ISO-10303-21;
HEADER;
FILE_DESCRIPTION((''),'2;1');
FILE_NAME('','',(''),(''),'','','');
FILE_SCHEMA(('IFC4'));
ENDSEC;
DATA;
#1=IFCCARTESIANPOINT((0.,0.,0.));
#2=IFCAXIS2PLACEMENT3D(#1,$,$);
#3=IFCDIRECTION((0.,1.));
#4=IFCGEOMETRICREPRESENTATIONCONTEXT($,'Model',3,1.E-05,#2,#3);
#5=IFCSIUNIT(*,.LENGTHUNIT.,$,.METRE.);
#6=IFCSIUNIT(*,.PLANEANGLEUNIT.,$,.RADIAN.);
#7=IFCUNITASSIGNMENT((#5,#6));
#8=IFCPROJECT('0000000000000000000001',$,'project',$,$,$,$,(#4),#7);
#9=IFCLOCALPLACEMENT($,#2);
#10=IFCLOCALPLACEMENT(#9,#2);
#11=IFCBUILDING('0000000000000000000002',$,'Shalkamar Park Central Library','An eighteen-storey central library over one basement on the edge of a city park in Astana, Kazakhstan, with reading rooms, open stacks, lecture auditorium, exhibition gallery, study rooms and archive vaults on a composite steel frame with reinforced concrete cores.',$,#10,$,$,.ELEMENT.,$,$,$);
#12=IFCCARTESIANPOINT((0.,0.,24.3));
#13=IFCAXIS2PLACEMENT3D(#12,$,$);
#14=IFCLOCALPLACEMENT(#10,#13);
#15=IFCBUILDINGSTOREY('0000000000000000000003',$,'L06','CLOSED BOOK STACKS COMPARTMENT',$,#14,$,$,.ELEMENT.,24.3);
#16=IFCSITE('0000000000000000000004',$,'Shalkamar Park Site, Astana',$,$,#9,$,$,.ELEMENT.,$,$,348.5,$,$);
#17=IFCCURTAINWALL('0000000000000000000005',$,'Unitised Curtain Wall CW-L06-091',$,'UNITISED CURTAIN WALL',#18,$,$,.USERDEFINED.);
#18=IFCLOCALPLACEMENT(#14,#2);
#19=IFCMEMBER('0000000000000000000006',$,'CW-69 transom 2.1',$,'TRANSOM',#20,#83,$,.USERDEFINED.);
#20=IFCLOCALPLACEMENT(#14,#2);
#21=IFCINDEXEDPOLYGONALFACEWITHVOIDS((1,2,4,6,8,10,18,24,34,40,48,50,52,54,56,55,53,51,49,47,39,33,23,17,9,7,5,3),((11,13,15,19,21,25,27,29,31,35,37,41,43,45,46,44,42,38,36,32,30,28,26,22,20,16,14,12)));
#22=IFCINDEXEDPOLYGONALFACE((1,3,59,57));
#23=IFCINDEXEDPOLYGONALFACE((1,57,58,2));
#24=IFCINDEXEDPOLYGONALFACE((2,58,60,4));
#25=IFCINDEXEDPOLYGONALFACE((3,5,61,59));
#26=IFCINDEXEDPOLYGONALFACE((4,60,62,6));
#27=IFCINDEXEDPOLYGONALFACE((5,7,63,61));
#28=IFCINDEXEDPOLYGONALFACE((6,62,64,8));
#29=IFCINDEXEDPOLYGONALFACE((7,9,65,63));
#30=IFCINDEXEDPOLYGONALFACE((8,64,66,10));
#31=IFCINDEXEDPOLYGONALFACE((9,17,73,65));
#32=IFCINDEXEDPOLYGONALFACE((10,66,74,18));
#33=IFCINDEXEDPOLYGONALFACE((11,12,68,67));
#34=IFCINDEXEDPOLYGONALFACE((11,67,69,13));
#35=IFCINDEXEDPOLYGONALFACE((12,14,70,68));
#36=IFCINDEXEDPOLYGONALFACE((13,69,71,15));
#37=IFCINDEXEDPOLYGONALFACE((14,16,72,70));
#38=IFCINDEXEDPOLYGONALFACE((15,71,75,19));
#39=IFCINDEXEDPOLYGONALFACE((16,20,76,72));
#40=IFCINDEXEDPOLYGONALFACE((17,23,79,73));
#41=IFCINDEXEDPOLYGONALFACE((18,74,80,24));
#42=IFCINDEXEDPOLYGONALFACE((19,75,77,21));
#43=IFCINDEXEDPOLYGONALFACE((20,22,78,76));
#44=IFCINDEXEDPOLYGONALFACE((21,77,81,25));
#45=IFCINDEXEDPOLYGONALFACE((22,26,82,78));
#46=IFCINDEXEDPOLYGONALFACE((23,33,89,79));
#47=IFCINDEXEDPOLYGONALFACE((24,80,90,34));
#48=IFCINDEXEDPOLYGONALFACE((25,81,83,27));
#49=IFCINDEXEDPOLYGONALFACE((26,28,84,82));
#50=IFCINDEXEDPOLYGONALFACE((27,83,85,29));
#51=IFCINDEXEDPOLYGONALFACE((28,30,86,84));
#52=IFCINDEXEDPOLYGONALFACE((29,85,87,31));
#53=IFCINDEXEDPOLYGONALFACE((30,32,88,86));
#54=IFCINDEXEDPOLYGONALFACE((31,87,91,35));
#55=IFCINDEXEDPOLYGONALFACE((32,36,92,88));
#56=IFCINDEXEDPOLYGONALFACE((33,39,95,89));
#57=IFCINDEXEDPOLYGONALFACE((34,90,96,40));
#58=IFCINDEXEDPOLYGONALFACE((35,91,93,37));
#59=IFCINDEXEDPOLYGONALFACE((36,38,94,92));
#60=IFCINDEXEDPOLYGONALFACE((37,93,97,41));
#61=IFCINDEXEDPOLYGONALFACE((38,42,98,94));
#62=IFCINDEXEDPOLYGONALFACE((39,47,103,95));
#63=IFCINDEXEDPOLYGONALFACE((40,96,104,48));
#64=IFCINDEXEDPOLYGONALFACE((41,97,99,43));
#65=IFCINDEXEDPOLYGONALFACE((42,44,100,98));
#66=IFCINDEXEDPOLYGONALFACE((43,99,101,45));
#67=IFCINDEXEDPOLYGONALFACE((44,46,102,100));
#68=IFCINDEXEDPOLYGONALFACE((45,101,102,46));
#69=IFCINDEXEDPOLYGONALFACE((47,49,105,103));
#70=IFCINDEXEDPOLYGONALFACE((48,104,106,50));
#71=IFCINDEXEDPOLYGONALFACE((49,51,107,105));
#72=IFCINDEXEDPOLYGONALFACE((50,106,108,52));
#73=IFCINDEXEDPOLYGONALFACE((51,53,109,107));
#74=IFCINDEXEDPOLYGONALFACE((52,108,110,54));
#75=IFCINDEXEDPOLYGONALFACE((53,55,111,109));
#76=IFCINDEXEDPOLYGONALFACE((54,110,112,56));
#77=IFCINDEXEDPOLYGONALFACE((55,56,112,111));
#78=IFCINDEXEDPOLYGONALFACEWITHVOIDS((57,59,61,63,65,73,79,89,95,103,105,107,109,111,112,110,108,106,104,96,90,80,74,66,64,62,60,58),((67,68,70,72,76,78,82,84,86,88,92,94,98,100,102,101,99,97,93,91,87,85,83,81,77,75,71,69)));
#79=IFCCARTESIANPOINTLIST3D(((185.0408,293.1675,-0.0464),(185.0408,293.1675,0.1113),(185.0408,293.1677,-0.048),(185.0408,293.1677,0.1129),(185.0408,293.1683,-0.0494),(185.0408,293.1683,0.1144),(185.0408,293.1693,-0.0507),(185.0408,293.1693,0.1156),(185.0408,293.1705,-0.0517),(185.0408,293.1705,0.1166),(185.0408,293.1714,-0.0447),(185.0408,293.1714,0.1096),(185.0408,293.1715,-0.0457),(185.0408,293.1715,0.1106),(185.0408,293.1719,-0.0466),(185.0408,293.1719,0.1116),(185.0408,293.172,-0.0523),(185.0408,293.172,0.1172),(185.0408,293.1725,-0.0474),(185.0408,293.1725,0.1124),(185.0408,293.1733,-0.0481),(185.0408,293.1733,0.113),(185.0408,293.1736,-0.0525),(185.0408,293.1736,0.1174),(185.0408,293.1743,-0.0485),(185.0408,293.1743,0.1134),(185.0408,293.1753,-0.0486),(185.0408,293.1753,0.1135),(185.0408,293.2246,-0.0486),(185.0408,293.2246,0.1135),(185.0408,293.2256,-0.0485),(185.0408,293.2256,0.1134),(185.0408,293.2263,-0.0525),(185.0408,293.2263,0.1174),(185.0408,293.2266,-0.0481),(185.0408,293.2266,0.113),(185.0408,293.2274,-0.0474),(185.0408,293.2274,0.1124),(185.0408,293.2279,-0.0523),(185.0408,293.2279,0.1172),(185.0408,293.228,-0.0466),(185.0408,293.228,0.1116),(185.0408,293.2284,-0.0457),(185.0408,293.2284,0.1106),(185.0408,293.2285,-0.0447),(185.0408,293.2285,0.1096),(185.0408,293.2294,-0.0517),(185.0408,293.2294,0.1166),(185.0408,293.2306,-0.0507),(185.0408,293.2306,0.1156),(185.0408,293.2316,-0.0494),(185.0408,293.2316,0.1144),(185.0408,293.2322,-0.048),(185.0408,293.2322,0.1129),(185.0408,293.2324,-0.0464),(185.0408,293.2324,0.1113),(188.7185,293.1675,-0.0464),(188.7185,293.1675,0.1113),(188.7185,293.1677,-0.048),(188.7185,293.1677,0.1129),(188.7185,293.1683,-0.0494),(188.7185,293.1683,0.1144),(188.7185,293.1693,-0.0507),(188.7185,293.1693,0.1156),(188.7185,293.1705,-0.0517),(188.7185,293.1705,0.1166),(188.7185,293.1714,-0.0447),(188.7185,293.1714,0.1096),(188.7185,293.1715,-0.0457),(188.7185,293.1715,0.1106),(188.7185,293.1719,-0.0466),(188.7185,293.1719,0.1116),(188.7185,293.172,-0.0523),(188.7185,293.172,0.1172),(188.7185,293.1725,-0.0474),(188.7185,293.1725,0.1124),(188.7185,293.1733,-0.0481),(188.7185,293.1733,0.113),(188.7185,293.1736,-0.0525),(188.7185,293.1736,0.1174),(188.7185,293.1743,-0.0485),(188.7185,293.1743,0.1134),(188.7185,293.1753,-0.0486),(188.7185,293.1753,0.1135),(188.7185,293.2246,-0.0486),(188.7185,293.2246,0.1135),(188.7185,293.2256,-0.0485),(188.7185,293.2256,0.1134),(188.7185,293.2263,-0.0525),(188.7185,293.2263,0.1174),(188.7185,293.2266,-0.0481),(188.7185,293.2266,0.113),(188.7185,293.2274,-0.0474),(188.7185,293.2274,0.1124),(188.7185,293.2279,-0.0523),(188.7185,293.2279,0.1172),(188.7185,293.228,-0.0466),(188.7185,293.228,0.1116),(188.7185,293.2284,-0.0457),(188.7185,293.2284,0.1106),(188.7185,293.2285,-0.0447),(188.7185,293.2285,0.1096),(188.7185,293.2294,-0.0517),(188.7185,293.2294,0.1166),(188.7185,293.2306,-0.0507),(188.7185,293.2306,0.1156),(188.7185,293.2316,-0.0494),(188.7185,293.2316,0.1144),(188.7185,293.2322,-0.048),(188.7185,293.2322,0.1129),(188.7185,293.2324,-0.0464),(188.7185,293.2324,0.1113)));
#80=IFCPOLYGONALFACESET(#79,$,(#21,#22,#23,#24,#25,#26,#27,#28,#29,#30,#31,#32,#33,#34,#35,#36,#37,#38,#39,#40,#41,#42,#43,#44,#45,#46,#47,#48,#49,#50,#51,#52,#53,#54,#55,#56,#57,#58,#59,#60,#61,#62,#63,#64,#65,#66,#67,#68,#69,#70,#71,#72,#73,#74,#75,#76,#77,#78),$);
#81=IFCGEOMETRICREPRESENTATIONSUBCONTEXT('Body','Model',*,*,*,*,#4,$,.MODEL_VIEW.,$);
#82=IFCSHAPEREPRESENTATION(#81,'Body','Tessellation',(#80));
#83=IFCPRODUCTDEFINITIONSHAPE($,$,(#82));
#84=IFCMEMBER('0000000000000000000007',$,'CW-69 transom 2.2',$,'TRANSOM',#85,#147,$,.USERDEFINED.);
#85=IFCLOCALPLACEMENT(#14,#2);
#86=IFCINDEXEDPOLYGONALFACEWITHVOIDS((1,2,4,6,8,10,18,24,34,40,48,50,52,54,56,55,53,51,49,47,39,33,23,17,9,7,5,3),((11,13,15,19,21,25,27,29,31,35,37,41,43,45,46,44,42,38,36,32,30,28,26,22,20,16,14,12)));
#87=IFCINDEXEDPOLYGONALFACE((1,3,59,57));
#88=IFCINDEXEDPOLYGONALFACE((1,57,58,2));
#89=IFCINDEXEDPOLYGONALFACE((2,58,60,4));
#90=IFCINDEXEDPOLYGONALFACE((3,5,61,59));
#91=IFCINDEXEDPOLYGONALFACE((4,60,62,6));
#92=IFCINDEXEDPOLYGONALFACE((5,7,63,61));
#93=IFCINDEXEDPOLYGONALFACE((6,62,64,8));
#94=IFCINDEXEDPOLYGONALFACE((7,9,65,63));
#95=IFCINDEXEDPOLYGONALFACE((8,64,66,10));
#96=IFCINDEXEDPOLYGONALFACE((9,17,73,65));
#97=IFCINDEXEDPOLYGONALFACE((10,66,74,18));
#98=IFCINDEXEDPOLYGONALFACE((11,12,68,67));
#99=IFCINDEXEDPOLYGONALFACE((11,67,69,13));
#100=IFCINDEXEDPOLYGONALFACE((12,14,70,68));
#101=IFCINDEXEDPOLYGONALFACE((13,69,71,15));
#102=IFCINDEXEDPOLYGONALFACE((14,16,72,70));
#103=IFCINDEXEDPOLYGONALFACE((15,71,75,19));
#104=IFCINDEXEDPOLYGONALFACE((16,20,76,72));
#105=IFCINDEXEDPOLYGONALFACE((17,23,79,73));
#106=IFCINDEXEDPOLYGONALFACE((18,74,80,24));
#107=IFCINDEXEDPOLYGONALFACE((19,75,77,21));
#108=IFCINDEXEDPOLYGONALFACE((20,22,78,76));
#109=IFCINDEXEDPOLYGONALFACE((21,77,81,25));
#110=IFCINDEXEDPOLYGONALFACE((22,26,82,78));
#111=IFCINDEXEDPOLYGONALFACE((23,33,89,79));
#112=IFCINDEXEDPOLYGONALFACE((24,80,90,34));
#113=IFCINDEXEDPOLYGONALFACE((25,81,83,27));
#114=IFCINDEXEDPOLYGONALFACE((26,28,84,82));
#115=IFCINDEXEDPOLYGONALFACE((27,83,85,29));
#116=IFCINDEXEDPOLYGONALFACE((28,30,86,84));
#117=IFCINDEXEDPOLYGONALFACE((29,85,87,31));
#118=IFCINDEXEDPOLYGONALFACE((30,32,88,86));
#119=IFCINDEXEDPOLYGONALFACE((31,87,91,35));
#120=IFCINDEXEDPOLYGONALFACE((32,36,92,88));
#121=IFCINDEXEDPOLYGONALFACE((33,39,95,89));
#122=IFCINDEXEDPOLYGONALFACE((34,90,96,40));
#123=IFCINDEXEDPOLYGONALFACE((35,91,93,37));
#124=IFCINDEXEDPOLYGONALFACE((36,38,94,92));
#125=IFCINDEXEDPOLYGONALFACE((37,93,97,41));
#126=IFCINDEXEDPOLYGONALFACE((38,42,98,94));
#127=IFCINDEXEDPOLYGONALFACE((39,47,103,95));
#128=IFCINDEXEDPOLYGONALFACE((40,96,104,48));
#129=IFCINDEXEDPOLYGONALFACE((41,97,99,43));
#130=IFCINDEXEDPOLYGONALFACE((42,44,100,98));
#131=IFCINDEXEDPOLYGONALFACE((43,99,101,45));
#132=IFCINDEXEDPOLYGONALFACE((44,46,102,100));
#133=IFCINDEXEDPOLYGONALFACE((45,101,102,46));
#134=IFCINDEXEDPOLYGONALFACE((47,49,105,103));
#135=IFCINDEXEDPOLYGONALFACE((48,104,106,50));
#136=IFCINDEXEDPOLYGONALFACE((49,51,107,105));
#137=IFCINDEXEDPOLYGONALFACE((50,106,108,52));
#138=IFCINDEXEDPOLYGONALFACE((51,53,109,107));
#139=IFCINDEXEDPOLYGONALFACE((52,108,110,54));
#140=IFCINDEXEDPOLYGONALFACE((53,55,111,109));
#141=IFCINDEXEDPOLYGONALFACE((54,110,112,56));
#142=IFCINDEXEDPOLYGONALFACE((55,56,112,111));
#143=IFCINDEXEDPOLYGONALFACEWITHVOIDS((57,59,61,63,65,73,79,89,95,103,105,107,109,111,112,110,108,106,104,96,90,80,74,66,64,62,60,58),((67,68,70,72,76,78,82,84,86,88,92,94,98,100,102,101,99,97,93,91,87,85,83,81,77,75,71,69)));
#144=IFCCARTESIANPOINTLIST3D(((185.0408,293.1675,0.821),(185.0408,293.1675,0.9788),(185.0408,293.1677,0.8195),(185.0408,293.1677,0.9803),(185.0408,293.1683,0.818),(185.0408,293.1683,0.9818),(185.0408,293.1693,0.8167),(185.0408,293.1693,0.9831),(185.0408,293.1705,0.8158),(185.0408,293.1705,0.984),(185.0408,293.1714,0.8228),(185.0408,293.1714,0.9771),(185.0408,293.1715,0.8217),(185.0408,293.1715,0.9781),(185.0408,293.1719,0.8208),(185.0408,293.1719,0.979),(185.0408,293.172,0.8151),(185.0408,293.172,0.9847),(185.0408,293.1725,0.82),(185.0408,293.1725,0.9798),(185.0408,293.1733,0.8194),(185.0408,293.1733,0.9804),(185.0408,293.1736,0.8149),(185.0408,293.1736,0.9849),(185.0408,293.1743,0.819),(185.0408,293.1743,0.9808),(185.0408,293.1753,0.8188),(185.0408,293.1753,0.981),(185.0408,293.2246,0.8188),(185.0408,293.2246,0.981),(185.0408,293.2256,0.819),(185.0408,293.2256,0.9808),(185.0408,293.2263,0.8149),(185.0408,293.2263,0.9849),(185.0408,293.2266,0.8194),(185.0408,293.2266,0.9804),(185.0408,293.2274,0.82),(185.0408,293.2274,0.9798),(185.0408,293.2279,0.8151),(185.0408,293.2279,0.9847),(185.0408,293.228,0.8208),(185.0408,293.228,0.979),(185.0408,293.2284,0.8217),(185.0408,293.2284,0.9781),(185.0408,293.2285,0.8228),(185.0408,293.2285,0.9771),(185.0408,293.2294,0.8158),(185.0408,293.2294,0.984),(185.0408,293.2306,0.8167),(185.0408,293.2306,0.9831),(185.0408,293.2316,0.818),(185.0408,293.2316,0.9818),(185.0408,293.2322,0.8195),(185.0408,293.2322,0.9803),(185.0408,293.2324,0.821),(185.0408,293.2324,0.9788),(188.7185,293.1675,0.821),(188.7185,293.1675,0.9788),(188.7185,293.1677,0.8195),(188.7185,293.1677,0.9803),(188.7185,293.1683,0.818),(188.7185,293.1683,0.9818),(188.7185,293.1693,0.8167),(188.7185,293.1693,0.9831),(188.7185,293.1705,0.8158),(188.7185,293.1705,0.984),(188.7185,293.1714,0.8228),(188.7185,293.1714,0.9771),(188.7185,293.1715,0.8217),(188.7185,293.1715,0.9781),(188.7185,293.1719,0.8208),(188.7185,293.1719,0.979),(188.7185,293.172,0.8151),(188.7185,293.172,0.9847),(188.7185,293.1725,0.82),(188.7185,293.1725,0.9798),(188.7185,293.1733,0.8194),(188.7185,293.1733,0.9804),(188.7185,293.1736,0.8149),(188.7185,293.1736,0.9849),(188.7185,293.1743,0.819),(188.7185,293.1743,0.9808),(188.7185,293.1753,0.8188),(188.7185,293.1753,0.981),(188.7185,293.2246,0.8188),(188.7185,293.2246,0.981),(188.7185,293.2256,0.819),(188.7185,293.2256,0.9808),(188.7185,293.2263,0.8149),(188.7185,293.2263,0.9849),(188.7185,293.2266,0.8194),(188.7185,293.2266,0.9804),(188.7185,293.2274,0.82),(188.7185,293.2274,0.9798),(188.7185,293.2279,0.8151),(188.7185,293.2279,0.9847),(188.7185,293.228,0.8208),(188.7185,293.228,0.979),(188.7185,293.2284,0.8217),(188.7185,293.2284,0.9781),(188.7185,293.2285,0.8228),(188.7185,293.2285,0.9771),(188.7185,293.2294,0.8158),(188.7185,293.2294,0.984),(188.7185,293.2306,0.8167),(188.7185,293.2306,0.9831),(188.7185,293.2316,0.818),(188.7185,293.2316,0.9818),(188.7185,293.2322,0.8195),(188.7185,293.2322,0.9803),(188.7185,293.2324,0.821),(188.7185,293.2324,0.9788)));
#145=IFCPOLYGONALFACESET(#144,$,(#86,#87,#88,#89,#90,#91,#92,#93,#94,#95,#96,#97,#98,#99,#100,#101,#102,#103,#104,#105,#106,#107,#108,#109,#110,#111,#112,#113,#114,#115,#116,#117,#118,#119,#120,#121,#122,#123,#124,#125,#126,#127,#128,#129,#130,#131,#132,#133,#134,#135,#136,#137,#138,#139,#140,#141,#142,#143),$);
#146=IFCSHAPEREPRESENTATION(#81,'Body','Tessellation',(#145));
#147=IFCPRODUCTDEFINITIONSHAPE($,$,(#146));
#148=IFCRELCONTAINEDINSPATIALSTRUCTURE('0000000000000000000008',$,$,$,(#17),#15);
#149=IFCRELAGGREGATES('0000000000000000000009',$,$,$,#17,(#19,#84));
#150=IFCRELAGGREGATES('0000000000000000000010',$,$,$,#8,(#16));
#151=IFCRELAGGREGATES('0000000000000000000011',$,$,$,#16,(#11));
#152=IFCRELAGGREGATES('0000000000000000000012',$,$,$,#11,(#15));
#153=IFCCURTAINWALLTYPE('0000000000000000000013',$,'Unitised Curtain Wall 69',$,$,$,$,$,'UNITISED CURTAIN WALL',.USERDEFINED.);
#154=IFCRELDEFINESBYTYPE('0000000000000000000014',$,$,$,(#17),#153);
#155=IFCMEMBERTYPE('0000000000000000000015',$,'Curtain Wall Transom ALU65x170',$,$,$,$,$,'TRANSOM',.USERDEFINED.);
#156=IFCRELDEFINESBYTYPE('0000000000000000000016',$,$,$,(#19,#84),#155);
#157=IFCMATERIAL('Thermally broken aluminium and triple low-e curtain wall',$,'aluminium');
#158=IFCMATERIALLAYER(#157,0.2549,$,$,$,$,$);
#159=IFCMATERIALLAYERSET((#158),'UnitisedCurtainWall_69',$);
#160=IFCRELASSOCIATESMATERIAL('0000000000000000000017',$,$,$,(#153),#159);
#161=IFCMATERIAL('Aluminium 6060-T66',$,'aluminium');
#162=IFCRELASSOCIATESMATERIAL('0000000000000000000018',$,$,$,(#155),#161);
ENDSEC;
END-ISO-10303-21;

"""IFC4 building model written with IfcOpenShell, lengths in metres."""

from ifc_helpers import new_model, si_unit, direction, frame, origin, origin_2d, place, context, subcontext, project, spatial, hollow_rectangle, extrude, material, layer, layer_set, material_profile, profile_set, type_object, element, aggregate, save


model = new_model("IFC4")

# Units and contexts
model_context = context("Model", 3, precision=1e-05, world=origin(), true_north=direction((0.0, 1.0)))
body_context = subcontext(model_context, "Body", "Model", "MODEL_VIEW")
ifc_project = project(units=[si_unit("LENGTHUNIT", "METRE"), si_unit("PLANEANGLEUNIT", "RADIAN")], contexts=[model_context])

# Site, building, storey
site_placement = place(None, origin())
site = spatial("IfcSite", under=ifc_project, at=site_placement, Name="Shalkamar Park Site, Astana", CompositionType="ELEMENT", RefElevation=348.5)
building_placement = place(site_placement, origin())
building = spatial("IfcBuilding", under=site, at=building_placement, Name="Shalkamar Park Central Library", Description="An eighteen-storey central library over one basement on the edge of a city park in Astana, Kazakhstan, with reading rooms, open stacks, lecture auditorium, exhibition gallery, study rooms and archive vaults on a composite steel frame with reinforced concrete cores.", CompositionType="ELEMENT")
storey_placement = place(building_placement, frame((0.0, 0.0, 24.3)))
storey = spatial("IfcBuildingStorey", under=building, at=storey_placement, Name="L06", Description="CLOSED BOOK STACKS COMPARTMENT", CompositionType="ELEMENT", Elevation=24.3)

# Curtain wall
ifc_material_1 = material(Name="Thermally broken aluminium and triple low-e curtain wall", Category="aluminium")
ifc_layer_1 = layer(ifc_material_1, 0.2549)
ifc_layer_set_1 = layer_set([ifc_layer_1], Name="UnitisedCurtainWall_69")
curtain_wall_type_1 = type_object("IfcCurtainWallType", Name="Unitised Curtain Wall 69", ElementType="UNITISED CURTAIN WALL", PredefinedType="USERDEFINED", material=ifc_layer_set_1)
curtain_wall_1_placement = place(storey_placement, origin())
curtain_wall_1 = element("IfcCurtainWall", 1, at=curtain_wall_1_placement, inside=storey, type_object=curtain_wall_type_1, Name="Unitised Curtain Wall CW-L06-091", ObjectType="UNITISED CURTAIN WALL", PredefinedType="USERDEFINED")
ifc_material_2 = material(Name="Aluminium 6060-T66", Category="aluminium")

# Members
ifc_material_profile_1 = material_profile(ifc_material_2, hollow_rectangle(XDim=0.0649, YDim=0.1699, WallThickness=0.0039, InnerFilletRadius=0.0039, OuterFilletRadius=0.0061, at=origin_2d()), Name="ALU 65x170x4")
ifc_profile_set_1 = profile_set([ifc_material_profile_1], Name="Aluminium 6060-T66")
member_type_1 = type_object("IfcMemberType", Name="Curtain Wall Transom ALU65x170", ElementType="TRANSOM", PredefinedType="USERDEFINED", material=ifc_profile_set_1)
member_1_placement = place(storey_placement, frame((185.0408, 293.2, 0.0325), z_axis=(1.0, 0.0, 0.0), x_axis=(0.0, 1.0, 0.0)))
member_1 = element("IfcMember", 2, at=member_1_placement, type_object=member_type_1, Name="CW-69 transom 2.1", ObjectType="TRANSOM", PredefinedType="USERDEFINED", context=body_context, shape_type="SweptSolid", body=[
    extrude(hollow_rectangle(XDim=0.0649, YDim=0.1699, WallThickness=0.0039, InnerFilletRadius=0.0039, OuterFilletRadius=0.0061, at=origin_2d()), origin(), (0.0, 0.0, 1.0), 3.6777),
])
member_2_placement = place(storey_placement, frame((185.0408, 293.2, 0.8999), z_axis=(1.0, 0.0, 0.0), x_axis=(0.0, 1.0, 0.0)))
member_2 = element("IfcMember", 3, at=member_2_placement, type_object=member_type_1, Name="CW-69 transom 2.2", ObjectType="TRANSOM", PredefinedType="USERDEFINED", context=body_context, shape_type="SweptSolid", body=[
    extrude(hollow_rectangle(XDim=0.0649, YDim=0.1699, WallThickness=0.0039, InnerFilletRadius=0.0039, OuterFilletRadius=0.0061, at=origin_2d()), origin(), (0.0, 0.0, 1.0), 3.6777),
])

aggregate(curtain_wall_1, [member_1, member_2])

save(model, "model.ifc")
